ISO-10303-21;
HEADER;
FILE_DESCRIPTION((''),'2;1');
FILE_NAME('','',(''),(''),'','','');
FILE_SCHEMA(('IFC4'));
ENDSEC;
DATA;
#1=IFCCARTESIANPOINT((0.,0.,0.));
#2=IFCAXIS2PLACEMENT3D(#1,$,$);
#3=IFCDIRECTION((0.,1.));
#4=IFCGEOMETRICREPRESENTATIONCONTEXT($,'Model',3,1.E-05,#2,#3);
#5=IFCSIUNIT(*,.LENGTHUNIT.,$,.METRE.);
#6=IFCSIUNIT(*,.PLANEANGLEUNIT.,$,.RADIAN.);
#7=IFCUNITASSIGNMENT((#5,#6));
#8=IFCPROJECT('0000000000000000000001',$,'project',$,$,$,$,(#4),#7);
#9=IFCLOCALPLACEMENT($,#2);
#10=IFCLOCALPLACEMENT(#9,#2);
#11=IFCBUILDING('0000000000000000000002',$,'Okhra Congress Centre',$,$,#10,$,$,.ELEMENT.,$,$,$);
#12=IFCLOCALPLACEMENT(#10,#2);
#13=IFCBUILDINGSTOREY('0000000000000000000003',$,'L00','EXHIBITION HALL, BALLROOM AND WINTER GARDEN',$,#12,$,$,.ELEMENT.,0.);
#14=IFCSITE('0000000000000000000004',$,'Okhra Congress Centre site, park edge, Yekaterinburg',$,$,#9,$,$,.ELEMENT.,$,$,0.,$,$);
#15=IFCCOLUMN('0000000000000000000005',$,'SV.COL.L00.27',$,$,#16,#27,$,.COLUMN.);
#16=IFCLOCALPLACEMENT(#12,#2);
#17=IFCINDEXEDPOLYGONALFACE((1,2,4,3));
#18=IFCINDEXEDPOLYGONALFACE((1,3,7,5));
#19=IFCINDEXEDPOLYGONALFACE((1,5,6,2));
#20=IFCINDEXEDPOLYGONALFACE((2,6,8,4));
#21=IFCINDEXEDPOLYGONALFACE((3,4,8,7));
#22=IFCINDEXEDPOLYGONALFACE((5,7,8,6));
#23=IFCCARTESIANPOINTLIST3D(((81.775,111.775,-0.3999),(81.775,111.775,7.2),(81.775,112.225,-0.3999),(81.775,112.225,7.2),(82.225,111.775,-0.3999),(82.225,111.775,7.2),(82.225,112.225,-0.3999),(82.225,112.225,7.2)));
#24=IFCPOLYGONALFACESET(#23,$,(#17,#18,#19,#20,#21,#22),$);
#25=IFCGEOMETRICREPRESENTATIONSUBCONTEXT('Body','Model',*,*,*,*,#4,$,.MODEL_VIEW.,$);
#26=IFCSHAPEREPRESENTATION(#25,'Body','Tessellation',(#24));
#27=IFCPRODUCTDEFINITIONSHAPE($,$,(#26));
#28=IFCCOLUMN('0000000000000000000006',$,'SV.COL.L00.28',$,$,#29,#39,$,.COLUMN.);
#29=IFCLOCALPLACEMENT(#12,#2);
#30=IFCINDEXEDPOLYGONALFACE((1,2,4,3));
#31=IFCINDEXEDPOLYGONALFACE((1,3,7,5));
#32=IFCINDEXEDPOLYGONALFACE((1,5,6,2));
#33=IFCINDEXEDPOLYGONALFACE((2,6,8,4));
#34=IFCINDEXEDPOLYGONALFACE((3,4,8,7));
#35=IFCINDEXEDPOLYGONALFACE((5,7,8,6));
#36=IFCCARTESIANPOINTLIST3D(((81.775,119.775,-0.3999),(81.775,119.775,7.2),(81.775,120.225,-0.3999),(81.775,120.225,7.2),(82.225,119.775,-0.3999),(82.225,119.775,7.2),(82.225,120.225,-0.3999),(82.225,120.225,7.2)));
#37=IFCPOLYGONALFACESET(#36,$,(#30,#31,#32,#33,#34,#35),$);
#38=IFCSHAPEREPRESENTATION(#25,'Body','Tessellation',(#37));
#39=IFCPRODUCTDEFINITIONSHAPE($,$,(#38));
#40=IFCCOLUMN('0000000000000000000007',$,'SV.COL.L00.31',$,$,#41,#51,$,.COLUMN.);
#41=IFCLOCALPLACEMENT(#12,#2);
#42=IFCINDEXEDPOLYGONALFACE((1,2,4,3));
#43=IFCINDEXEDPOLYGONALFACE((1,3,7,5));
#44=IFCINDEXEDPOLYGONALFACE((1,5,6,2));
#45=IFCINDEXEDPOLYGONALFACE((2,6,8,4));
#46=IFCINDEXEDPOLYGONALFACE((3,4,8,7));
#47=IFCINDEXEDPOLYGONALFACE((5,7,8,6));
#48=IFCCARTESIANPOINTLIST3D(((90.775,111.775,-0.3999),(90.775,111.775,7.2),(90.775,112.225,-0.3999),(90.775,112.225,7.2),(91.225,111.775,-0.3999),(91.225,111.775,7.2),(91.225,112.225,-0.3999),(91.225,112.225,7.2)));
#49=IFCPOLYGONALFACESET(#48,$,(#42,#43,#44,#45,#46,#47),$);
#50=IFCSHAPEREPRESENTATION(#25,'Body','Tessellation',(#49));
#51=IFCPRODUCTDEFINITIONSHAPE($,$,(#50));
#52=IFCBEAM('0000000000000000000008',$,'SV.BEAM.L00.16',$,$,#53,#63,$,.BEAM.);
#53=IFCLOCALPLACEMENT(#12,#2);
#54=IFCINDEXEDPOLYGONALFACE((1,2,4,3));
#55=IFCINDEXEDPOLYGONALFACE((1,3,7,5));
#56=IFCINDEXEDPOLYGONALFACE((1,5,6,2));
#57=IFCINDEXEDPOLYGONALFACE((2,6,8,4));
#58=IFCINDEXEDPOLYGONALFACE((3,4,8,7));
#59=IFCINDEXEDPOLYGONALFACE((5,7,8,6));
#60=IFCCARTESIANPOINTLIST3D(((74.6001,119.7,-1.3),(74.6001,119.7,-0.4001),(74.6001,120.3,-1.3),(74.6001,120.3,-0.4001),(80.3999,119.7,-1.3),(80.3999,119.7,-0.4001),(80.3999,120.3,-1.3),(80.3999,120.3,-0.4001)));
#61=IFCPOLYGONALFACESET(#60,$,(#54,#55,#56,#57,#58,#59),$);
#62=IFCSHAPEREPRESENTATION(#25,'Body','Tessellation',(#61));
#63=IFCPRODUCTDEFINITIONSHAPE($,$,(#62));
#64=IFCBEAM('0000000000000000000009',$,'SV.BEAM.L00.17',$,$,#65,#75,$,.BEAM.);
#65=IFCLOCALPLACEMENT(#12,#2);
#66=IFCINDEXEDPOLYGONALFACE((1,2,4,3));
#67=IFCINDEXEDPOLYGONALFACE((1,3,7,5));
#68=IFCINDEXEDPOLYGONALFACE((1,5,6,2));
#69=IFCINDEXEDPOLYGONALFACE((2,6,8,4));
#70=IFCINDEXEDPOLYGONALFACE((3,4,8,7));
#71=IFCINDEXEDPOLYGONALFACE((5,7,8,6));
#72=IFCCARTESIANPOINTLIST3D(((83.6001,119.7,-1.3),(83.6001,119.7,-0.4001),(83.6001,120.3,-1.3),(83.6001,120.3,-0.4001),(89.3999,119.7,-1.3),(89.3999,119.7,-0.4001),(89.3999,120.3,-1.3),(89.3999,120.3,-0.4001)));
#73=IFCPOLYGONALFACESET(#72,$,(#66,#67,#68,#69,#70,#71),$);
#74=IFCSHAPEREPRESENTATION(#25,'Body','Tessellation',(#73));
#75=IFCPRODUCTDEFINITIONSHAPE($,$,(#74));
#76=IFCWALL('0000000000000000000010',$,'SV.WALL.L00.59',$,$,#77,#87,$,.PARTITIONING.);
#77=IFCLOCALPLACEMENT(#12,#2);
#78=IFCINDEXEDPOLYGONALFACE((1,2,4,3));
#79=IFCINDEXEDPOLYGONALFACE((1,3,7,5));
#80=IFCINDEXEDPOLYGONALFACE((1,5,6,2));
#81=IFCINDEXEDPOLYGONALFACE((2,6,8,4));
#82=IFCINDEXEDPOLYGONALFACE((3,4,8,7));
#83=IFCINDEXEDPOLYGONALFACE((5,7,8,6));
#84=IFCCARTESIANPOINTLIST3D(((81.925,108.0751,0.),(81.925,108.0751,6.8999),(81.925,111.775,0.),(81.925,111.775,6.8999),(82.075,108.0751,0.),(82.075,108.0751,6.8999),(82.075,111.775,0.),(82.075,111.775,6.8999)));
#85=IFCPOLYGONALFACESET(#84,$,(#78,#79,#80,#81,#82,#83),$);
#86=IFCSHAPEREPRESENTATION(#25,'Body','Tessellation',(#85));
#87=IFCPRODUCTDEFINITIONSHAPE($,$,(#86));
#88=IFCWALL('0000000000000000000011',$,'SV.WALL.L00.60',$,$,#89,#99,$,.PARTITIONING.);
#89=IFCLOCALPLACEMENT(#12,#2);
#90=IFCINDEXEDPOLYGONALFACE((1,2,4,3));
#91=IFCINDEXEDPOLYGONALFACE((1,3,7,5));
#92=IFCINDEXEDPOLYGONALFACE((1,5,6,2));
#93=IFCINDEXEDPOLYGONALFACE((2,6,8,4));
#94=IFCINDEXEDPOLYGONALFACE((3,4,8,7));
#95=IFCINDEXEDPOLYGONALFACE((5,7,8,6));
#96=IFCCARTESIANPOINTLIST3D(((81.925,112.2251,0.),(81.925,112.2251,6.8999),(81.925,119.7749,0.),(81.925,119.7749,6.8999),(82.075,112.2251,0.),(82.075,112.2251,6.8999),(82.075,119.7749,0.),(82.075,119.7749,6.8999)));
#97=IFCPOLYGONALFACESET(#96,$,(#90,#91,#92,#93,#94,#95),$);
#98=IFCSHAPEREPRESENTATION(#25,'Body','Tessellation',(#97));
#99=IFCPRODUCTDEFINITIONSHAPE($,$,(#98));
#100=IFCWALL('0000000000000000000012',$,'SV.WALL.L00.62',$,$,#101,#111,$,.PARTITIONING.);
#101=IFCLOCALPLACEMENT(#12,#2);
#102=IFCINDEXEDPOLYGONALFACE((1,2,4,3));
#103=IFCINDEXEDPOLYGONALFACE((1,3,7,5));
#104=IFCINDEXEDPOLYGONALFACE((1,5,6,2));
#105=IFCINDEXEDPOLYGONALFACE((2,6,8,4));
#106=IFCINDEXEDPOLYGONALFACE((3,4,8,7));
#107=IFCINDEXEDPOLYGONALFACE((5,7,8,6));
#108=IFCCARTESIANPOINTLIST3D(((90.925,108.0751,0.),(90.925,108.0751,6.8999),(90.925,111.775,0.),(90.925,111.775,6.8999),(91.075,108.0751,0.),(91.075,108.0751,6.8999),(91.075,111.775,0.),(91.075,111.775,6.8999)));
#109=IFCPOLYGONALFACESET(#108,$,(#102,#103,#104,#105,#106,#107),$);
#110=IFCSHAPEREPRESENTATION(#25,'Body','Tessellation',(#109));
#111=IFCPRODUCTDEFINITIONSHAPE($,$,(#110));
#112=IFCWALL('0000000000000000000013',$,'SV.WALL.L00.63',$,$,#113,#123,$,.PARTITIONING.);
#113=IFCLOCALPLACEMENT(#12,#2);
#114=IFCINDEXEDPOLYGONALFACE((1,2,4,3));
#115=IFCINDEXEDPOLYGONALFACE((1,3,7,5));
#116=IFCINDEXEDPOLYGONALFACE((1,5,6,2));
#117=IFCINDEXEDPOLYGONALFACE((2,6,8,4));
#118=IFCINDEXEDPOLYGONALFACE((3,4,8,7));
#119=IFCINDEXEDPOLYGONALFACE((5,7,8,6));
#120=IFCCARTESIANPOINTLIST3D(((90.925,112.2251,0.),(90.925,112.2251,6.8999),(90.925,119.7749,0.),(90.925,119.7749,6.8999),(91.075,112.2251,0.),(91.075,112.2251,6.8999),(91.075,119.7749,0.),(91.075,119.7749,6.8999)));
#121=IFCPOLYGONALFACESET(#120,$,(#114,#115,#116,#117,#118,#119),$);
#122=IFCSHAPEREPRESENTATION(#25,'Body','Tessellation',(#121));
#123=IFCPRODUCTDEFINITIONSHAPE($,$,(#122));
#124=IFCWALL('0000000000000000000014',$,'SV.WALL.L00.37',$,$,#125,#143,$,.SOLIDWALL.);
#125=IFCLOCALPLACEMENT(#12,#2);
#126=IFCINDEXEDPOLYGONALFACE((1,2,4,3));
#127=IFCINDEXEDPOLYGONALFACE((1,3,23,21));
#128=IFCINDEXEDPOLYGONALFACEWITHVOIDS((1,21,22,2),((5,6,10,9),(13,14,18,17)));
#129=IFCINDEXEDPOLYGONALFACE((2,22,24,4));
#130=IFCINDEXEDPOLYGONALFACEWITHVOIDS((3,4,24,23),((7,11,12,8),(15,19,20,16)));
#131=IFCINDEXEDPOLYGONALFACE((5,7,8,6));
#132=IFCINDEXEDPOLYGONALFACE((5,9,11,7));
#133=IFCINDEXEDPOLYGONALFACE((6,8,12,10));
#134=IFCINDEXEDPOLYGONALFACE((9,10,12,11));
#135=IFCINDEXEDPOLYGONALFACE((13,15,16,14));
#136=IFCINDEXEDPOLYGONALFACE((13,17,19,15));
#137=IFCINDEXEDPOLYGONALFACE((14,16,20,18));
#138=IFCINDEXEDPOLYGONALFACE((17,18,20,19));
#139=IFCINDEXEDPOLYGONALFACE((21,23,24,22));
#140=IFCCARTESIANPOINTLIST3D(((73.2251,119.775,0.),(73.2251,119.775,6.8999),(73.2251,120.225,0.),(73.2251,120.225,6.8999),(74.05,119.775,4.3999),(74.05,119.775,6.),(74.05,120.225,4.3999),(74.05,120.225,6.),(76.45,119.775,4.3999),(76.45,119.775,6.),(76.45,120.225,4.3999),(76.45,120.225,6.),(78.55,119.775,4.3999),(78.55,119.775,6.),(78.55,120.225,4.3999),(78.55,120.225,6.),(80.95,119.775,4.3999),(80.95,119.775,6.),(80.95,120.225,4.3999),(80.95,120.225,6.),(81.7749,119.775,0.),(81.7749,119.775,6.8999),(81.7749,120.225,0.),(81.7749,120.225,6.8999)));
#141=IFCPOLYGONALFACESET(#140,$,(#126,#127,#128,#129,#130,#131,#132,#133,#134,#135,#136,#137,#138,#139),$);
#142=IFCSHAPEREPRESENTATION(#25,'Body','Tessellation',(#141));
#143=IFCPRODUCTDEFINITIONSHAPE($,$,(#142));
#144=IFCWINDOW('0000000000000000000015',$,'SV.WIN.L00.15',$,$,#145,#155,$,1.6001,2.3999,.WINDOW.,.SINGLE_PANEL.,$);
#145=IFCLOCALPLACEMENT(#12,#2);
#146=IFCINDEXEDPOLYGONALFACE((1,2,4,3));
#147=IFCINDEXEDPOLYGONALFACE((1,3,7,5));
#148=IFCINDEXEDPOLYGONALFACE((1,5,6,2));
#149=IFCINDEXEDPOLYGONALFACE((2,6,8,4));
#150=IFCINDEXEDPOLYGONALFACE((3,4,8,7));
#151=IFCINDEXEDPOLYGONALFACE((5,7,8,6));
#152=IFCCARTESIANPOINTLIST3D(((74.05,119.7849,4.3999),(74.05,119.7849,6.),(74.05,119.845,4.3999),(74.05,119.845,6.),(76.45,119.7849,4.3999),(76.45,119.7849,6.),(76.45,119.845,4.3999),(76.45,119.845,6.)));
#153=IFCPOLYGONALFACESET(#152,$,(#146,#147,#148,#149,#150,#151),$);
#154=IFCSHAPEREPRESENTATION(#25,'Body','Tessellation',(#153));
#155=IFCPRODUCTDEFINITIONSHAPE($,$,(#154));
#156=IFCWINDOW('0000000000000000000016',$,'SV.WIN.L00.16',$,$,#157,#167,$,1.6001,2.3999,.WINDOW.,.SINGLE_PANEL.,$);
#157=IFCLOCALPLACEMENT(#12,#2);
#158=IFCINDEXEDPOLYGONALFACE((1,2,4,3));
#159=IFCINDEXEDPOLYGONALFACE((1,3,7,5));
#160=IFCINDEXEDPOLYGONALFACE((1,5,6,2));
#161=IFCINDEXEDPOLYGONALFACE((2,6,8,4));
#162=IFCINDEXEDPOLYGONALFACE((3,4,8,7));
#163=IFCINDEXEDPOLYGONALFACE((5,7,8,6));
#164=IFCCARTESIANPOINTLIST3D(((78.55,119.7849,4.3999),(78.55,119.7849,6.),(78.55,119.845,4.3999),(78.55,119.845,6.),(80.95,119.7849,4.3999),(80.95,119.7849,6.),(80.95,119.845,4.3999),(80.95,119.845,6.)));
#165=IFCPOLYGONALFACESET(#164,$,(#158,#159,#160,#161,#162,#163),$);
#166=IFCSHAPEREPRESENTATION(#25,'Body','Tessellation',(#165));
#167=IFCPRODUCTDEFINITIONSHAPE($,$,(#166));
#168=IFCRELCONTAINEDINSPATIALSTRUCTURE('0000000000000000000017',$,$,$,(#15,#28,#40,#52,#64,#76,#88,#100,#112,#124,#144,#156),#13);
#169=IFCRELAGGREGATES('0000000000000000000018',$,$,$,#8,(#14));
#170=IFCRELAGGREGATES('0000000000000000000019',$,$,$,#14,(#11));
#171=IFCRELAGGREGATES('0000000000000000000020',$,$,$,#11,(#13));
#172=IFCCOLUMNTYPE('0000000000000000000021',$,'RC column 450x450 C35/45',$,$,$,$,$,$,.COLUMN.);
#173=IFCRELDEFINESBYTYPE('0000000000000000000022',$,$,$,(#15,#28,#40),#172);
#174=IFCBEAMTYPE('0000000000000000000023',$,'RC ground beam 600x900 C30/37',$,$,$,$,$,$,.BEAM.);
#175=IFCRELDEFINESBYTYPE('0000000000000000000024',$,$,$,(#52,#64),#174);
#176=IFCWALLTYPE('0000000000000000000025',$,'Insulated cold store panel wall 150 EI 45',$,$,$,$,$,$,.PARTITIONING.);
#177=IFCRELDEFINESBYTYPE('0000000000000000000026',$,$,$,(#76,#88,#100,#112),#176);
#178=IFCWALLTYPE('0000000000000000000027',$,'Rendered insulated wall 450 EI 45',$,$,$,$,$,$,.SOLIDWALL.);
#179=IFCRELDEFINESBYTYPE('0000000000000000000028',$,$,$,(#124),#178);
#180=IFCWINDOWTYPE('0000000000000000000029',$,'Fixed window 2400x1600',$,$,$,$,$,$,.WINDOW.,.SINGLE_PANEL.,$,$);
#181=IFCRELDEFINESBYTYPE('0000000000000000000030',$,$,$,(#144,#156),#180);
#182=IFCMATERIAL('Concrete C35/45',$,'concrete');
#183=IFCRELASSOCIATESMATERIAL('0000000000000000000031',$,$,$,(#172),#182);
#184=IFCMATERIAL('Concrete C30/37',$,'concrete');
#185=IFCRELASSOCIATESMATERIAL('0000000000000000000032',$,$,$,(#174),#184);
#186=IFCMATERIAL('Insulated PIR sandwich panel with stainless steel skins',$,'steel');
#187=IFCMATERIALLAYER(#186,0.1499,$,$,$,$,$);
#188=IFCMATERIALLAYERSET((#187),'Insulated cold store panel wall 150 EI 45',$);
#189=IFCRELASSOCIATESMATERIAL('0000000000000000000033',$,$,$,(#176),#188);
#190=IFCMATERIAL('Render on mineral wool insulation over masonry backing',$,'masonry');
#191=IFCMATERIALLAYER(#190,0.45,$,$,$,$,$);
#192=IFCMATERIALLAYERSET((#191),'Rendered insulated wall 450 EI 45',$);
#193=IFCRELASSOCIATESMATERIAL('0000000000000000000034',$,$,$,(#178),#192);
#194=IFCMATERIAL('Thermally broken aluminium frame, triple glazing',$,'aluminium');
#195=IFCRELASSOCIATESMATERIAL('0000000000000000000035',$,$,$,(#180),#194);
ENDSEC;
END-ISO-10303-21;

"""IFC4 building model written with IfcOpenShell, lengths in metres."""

from ifc_helpers import new_model, si_unit, direction, frame, frame_2d, origin, origin_2d, place, context, subcontext, project, spatial, rectangle, extrude, material, layer, layer_set, material_profile, profile_set, type_object, element, fill, save


model = new_model("IFC4")

# Units and contexts
model_context = context("Model", 3, precision=1e-05, world=origin(), true_north=direction((0.0, 1.0)))
body_context = subcontext(model_context, "Body", "Model", "MODEL_VIEW")
ifc_project = project(units=[si_unit("LENGTHUNIT", "METRE"), si_unit("PLANEANGLEUNIT", "RADIAN")], contexts=[model_context])

# Site, building, storey
site_placement = place(None, origin())
site = spatial("IfcSite", under=ifc_project, at=site_placement, Name="Okhra Congress Centre site, park edge, Yekaterinburg", CompositionType="ELEMENT", RefElevation=0.0)
building_placement = place(site_placement, origin())
building = spatial("IfcBuilding", under=site, at=building_placement, Name="Okhra Congress Centre", CompositionType="ELEMENT")
storey_placement = place(building_placement, origin())
storey = spatial("IfcBuildingStorey", under=building, at=storey_placement, Name="L00", Description="EXHIBITION HALL, BALLROOM AND WINTER GARDEN", CompositionType="ELEMENT", Elevation=0.0)

# Shared definitions
ifc_material_1 = material(Name="Concrete C30/37", Category="concrete")

# Columns
ifc_material_2 = material(Name="Concrete C35/45", Category="concrete")
ifc_material_profile_1 = material_profile(ifc_material_2, rectangle(XDim=0.45, YDim=0.45, at=origin_2d()), Name="RC 450x450")
ifc_profile_set_1 = profile_set([ifc_material_profile_1], Name="Concrete C35/45")
column_type = type_object("IfcColumnType", Name="RC column 450x450 C35/45", PredefinedType="COLUMN", material=ifc_profile_set_1)
for number, where, z_axis, x_axis, name in (
    (1, (82.0, 112.0, -0.3999), (0.0, 0.0, 1.0), (1.0, 0.0, 0.0), "SV.COL.L00.27"),
    (2, (82.0, 120.0, -0.3999), (0.0, 0.0, 1.0), (1.0, 0.0, 0.0), "SV.COL.L00.28"),
    (3, (91.0, 112.0, -0.3999), (0.0, 0.0, 1.0), (1.0, 0.0, 0.0), "SV.COL.L00.31"),
):
    element("IfcColumn", number, at=place(storey_placement, frame(where, z_axis=z_axis, x_axis=x_axis)), inside=storey, type_object=column_type, Name=name, PredefinedType="COLUMN", context=body_context, shape_type="SweptSolid", body=[
        extrude(rectangle(XDim=0.45, YDim=0.45, at=origin_2d()), origin(), (0.0, 0.0, 1.0), 7.5999),
    ])

# Beams
ifc_material_profile_2 = material_profile(ifc_material_1, rectangle(XDim=0.6001, YDim=0.8999, at=origin_2d()), Name="RC 600x900")
ifc_profile_set_2 = profile_set([ifc_material_profile_2], Name="Concrete C30/37")
beam_type = type_object("IfcBeamType", Name="RC ground beam 600x900 C30/37", PredefinedType="BEAM", material=ifc_profile_set_2)
for number, where, z_axis, x_axis, name in (
    (4, (74.6001, 120.0, -0.8501), (1.0, 0.0, 0.0), (0.0, 1.0, 0.0), "SV.BEAM.L00.16"),
    (5, (83.6001, 120.0, -0.8501), (1.0, 0.0, 0.0), (0.0, 1.0, 0.0), "SV.BEAM.L00.17"),
):
    element("IfcBeam", number, at=place(storey_placement, frame(where, z_axis=z_axis, x_axis=x_axis)), inside=storey, type_object=beam_type, Name=name, PredefinedType="BEAM", context=body_context, shape_type="SweptSolid", body=[
        extrude(rectangle(XDim=0.6001, YDim=0.8999, at=origin_2d()), origin(), (0.0, 0.0, 1.0), 5.7998),
    ])

# Walls
ifc_material_3 = material(Name="Insulated PIR sandwich panel with stainless steel skins", Category="steel")
ifc_layer_1 = layer(ifc_material_3, 0.1499)
ifc_layer_set_1 = layer_set([ifc_layer_1], Name="Insulated cold store panel wall 150 EI 45")
wall_type_1 = type_object("IfcWallType", Name="Insulated cold store panel wall 150 EI 45", PredefinedType="PARTITIONING", material=ifc_layer_set_1)
wall_1_placement = place(storey_placement, frame((82.0, 108.075, 0.0), z_axis=(0.0, 0.0, 1.0), x_axis=(0.0, 1.0, 0.0)))
element("IfcWall", 6, at=wall_1_placement, inside=storey, type_object=wall_type_1, Name="SV.WALL.L00.59", PredefinedType="PARTITIONING", context=body_context, shape_type="SweptSolid", body=[
    extrude(rectangle(XDim=3.7, YDim=0.1499, at=frame_2d((1.8501, 0.0))), origin(), (0.0, 0.0, 1.0), 6.8999),
])
wall_2_placement = place(storey_placement, frame((82.0, 112.2251, 0.0), z_axis=(0.0, 0.0, 1.0), x_axis=(0.0, 1.0, 0.0)))
element("IfcWall", 7, at=wall_2_placement, inside=storey, type_object=wall_type_1, Name="SV.WALL.L00.60", PredefinedType="PARTITIONING", context=body_context, shape_type="SweptSolid", body=[
    extrude(rectangle(XDim=7.5498, YDim=0.1499, at=frame_2d((3.7749, 0.0))), origin(), (0.0, 0.0, 1.0), 6.8999),
])
wall_3_placement = place(storey_placement, frame((91.0, 108.075, 0.0), z_axis=(0.0, 0.0, 1.0), x_axis=(0.0, 1.0, 0.0)))
element("IfcWall", 8, at=wall_3_placement, inside=storey, type_object=wall_type_1, Name="SV.WALL.L00.62", PredefinedType="PARTITIONING", context=body_context, shape_type="SweptSolid", body=[
    extrude(rectangle(XDim=3.7, YDim=0.1499, at=frame_2d((1.8501, 0.0))), origin(), (0.0, 0.0, 1.0), 6.8999),
])
wall_4_placement = place(storey_placement, frame((91.0, 112.2251, 0.0), z_axis=(0.0, 0.0, 1.0), x_axis=(0.0, 1.0, 0.0)))
element("IfcWall", 9, at=wall_4_placement, inside=storey, type_object=wall_type_1, Name="SV.WALL.L00.63", PredefinedType="PARTITIONING", context=body_context, shape_type="SweptSolid", body=[
    extrude(rectangle(XDim=7.5498, YDim=0.1499, at=frame_2d((3.7749, 0.0))), origin(), (0.0, 0.0, 1.0), 6.8999),
])

# Wall, openings, windows
ifc_material_4 = material(Name="Render on mineral wool insulation over masonry backing", Category="masonry")
ifc_layer_2 = layer(ifc_material_4, 0.45)
ifc_layer_set_2 = layer_set([ifc_layer_2], Name="Rendered insulated wall 450 EI 45")
wall_type_2 = type_object("IfcWallType", Name="Rendered insulated wall 450 EI 45", PredefinedType="SOLIDWALL", material=ifc_layer_set_2)
wall_5_placement = place(storey_placement, frame((81.7749, 120.0, 0.0), z_axis=(0.0, 0.0, 1.0), x_axis=(-1.0, 0.0, 0.0)))
wall_5 = element("IfcWall", 10, at=wall_5_placement, inside=storey, type_object=wall_type_2, Name="SV.WALL.L00.37", PredefinedType="SOLIDWALL", context=body_context, shape_type="SweptSolid", body=[
    extrude(rectangle(XDim=8.5498, YDim=0.45, at=frame_2d((4.2749, 0.0))), origin(), (0.0, 0.0, 1.0), 6.8999),
])
opening_1_placement = place(wall_5_placement, frame((5.325, 0.0, 4.3999)))
opening_1 = element("IfcOpeningElement", 11, at=opening_1_placement, cuts=wall_5, PredefinedType="OPENING", context=body_context, shape_type="SweptSolid", body=[
    extrude(rectangle(XDim=2.3999, YDim=1.6001, at=frame_2d((1.2, 0.8))), frame((0.0, 0.2349, 0.0), z_axis=(0.0, -1.0, 0.0), x_axis=(1.0, 0.0, 0.0)), (0.0, 0.0, 1.0), 0.47),
])
opening_2_placement = place(wall_5_placement, frame((0.825, 0.0, 4.3999)))
opening_2 = element("IfcOpeningElement", 12, at=opening_2_placement, cuts=wall_5, PredefinedType="OPENING", context=body_context, shape_type="SweptSolid", body=[
    extrude(rectangle(XDim=2.3999, YDim=1.6001, at=frame_2d((1.2, 0.8))), frame((0.0, 0.2349, 0.0), z_axis=(0.0, -1.0, 0.0), x_axis=(1.0, 0.0, 0.0)), (0.0, 0.0, 1.0), 0.47),
])
ifc_material_5 = material(Name="Thermally broken aluminium frame, triple glazing", Category="aluminium")
window_type = type_object("IfcWindowType", Name="Fixed window 2400x1600", PartitioningType="SINGLE_PANEL", PredefinedType="WINDOW", material=ifc_material_5)
window_1_placement = place(opening_1_placement, origin())
window_1 = element("IfcWindow", 13, at=window_1_placement, inside=storey, type_object=window_type, Name="SV.WIN.L00.15", OverallHeight=1.6001, OverallWidth=2.3999, PartitioningType="SINGLE_PANEL", PredefinedType="WINDOW", context=body_context, shape_type="SweptSolid", body=[
    extrude(rectangle(XDim=2.3999, YDim=1.6001, at=frame_2d((1.2, 0.8))), frame((0.0, 0.2151, 0.0), z_axis=(0.0, -1.0, 0.0), x_axis=(1.0, 0.0, 0.0)), (0.0, 0.0, 1.0), 0.0601),
])
fill(opening_1, window_1)
window_2_placement = place(opening_2_placement, origin())
window_2 = element("IfcWindow", 14, at=window_2_placement, inside=storey, type_object=window_type, Name="SV.WIN.L00.16", OverallHeight=1.6001, OverallWidth=2.3999, PartitioningType="SINGLE_PANEL", PredefinedType="WINDOW", context=body_context, shape_type="SweptSolid", body=[
    extrude(rectangle(XDim=2.3999, YDim=1.6001, at=frame_2d((1.2, 0.8))), frame((0.0, 0.2151, 0.0), z_axis=(0.0, -1.0, 0.0), x_axis=(1.0, 0.0, 0.0)), (0.0, 0.0, 1.0), 0.0601),
])
fill(opening_2, window_2)

save(model, "model.ifc")
